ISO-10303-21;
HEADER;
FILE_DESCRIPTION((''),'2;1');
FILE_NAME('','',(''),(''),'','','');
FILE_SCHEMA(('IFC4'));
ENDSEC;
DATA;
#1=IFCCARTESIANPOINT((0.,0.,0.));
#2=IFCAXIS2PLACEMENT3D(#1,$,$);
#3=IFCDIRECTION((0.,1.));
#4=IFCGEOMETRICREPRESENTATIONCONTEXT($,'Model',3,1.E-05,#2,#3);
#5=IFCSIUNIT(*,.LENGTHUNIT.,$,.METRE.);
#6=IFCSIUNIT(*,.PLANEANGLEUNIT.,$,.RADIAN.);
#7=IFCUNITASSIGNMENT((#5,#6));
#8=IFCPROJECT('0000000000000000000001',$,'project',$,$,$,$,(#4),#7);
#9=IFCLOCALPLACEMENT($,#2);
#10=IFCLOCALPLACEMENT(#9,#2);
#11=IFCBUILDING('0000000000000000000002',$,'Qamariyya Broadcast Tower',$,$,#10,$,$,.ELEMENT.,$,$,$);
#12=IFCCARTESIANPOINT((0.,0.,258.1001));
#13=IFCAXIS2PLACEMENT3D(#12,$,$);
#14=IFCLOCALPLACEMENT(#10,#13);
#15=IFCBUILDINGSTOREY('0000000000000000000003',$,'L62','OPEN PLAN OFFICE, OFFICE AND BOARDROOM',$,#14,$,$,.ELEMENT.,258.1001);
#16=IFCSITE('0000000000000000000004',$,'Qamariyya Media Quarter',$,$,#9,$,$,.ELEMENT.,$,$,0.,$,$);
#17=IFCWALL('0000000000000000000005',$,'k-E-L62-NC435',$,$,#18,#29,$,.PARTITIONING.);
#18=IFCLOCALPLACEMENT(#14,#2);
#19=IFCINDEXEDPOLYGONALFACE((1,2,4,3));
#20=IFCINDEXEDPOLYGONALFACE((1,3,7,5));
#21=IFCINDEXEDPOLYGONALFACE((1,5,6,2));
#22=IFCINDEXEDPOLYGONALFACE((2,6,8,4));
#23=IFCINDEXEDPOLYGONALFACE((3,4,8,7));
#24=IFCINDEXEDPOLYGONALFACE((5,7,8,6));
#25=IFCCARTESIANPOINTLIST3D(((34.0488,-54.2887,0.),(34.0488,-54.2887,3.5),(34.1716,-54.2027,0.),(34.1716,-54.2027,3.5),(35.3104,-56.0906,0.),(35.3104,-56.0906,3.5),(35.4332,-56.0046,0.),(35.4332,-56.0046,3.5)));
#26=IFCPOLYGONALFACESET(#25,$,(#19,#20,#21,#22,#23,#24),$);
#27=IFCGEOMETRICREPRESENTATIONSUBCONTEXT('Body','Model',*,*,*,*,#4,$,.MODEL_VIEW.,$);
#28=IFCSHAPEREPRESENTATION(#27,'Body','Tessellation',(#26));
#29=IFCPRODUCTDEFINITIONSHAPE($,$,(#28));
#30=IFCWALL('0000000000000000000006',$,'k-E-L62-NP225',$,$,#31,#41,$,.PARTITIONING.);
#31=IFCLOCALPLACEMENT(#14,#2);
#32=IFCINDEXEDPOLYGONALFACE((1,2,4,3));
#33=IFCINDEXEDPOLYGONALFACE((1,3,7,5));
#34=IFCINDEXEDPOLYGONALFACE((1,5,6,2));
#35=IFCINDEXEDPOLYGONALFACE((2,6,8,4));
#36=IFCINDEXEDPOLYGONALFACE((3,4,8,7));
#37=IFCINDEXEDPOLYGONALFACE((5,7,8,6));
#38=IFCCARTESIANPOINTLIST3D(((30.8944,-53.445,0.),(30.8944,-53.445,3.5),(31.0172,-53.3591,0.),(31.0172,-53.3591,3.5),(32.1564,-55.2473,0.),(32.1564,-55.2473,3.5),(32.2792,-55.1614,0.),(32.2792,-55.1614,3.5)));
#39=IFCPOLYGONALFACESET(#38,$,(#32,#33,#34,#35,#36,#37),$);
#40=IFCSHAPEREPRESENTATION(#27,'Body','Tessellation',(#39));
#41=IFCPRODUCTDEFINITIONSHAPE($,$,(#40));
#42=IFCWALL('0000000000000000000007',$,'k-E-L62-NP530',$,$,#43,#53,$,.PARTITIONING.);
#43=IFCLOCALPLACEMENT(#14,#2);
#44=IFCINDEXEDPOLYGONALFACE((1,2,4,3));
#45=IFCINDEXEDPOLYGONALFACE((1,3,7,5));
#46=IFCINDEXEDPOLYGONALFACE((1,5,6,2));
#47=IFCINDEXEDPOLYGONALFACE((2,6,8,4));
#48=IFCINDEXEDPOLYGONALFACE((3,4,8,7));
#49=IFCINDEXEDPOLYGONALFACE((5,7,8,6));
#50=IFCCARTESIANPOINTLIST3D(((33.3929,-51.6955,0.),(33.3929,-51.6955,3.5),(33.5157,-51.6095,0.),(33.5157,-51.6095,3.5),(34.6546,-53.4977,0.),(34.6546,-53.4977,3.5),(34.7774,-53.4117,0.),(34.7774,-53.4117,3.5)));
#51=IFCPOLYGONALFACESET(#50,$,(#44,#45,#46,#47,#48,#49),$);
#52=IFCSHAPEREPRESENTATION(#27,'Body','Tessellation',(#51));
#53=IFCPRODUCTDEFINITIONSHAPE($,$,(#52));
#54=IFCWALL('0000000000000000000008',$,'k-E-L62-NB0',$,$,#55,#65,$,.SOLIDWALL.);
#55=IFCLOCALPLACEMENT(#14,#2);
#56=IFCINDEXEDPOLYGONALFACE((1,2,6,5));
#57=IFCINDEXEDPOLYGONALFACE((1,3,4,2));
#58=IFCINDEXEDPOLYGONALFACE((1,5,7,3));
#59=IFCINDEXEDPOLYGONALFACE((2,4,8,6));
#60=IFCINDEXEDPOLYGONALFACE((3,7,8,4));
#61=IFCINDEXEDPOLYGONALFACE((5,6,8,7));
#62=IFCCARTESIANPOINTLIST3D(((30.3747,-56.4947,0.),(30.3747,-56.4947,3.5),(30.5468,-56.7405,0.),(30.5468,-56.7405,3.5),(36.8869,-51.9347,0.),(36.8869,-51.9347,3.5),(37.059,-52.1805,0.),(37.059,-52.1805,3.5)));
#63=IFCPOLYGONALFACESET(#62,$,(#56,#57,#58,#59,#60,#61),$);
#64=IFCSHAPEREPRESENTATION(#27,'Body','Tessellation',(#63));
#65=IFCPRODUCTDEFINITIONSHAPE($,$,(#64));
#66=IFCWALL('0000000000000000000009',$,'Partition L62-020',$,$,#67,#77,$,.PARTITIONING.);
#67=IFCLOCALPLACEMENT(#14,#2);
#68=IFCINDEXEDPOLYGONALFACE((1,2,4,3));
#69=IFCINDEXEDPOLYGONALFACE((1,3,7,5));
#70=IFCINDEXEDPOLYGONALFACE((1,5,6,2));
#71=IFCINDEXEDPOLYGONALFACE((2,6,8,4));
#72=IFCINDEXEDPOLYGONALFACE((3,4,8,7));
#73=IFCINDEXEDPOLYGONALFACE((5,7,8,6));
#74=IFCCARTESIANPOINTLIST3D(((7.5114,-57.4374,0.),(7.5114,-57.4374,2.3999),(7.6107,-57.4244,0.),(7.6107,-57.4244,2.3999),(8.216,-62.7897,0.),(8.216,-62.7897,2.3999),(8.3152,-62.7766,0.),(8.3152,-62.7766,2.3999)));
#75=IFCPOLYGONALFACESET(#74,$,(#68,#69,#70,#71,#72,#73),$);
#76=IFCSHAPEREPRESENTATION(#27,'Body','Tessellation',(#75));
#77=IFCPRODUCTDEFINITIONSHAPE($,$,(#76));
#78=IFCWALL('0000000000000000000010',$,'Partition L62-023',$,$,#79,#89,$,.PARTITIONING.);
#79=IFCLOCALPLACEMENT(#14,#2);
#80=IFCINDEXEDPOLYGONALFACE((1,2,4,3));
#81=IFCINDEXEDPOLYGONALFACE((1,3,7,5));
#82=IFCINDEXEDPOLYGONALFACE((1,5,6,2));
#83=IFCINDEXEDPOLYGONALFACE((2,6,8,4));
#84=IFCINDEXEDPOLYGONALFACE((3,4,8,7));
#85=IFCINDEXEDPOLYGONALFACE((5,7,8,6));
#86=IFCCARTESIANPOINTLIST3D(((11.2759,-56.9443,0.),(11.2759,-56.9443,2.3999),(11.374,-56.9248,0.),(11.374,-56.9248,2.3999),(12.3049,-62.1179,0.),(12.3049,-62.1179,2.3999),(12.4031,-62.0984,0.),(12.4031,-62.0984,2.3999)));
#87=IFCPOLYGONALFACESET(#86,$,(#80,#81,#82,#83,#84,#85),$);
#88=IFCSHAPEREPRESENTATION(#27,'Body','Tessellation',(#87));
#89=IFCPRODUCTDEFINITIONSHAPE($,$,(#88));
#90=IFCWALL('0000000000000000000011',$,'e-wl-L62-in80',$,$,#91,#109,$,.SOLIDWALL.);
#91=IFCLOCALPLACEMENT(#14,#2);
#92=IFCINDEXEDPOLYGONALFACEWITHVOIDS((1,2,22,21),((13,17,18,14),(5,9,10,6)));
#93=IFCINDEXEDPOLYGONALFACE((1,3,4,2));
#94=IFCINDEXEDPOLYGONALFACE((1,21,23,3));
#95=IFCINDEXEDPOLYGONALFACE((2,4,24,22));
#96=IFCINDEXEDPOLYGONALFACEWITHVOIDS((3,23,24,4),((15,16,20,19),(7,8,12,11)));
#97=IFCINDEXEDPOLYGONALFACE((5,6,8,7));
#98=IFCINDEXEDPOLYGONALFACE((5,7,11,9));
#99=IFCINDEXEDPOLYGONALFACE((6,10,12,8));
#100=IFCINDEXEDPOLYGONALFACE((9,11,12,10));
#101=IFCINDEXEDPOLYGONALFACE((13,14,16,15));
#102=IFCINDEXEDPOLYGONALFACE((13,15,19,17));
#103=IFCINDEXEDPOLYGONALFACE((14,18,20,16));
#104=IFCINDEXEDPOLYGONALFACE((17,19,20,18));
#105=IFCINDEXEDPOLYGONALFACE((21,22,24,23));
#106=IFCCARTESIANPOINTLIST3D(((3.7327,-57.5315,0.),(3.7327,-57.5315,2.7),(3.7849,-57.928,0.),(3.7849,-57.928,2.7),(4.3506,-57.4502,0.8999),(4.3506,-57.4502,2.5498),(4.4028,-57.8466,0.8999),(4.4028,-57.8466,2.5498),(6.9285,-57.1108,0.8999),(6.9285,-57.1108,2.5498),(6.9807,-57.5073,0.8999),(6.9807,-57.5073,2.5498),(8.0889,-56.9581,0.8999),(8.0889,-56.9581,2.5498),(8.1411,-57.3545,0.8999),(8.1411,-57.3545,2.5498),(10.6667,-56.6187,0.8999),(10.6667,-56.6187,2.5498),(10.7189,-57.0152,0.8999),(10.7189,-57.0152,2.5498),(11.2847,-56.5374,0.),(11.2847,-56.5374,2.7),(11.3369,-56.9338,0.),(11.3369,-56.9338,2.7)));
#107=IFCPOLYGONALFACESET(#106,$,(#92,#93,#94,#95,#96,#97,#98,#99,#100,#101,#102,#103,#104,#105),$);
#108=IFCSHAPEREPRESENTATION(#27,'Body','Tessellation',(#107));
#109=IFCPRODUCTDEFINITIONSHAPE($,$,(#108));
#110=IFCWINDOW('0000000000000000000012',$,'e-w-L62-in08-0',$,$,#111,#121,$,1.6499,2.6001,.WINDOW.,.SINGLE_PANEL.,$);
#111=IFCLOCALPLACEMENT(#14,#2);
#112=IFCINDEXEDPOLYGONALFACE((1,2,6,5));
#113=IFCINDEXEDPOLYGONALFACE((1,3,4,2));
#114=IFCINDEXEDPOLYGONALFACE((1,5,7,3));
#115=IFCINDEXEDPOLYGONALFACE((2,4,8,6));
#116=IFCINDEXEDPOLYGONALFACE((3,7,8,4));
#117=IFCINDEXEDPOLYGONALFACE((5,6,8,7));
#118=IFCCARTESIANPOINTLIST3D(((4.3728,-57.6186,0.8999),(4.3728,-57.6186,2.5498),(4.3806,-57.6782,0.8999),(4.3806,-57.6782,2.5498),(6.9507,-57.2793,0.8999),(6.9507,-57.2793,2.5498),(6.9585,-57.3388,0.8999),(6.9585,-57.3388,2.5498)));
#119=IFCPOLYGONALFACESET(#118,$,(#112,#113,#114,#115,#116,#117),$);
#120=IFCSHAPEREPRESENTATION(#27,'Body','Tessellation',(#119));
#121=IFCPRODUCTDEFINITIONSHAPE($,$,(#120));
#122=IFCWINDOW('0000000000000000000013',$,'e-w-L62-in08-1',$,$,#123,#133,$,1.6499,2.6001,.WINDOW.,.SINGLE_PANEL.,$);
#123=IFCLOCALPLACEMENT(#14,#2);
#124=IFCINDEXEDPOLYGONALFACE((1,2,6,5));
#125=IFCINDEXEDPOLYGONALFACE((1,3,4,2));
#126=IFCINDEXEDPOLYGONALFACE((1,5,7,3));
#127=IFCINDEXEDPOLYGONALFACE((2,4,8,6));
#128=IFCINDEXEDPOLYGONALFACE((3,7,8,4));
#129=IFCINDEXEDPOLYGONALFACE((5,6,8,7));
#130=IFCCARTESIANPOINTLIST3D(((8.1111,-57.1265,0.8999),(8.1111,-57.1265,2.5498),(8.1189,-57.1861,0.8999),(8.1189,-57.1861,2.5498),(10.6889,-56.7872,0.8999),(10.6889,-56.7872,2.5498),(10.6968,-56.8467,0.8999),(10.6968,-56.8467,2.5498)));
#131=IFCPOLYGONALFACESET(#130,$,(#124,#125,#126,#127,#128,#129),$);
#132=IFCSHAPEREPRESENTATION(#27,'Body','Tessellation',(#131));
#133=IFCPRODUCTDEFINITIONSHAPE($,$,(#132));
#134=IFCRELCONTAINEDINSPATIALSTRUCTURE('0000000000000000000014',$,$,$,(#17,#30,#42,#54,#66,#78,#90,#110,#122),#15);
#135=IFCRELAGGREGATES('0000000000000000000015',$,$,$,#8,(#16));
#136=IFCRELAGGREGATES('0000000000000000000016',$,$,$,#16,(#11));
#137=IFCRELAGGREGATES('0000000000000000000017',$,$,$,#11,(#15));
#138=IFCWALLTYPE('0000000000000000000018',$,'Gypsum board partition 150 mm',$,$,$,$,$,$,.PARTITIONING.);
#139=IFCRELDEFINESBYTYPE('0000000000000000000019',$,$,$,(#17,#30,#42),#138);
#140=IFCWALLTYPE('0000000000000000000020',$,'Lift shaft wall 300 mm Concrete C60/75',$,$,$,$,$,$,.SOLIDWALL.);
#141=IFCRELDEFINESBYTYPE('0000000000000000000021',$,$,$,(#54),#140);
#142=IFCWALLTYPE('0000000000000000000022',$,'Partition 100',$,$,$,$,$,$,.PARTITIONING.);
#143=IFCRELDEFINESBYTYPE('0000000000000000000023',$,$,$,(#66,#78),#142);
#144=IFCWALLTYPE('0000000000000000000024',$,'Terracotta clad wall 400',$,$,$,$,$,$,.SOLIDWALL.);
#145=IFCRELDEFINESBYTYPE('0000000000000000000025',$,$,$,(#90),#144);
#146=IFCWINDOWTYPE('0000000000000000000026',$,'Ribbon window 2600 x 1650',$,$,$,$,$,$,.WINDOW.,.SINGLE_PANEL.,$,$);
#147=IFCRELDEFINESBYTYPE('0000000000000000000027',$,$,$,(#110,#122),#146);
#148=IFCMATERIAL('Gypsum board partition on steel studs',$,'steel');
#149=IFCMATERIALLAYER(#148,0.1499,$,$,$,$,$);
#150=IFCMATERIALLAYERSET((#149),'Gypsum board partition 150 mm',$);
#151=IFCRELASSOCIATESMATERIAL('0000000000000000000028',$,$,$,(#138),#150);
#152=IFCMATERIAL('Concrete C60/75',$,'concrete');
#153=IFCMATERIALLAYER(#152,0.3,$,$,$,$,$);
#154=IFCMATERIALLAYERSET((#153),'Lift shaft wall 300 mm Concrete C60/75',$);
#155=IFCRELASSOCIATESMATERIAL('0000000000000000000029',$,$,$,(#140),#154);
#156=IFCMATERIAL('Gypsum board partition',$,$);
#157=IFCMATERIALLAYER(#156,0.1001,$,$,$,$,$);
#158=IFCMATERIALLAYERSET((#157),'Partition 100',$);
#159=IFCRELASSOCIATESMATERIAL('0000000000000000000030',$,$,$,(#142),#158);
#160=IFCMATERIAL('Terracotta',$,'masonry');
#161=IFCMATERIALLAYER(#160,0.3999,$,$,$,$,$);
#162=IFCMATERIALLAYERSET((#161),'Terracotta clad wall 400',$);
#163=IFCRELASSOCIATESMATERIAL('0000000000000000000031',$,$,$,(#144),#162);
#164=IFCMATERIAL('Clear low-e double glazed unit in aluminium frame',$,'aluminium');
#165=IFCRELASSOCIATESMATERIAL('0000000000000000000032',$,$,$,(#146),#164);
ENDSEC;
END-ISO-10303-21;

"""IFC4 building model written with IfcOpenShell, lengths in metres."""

from ifc_helpers import new_model, si_unit, direction, frame, frame_2d, origin, place, context, subcontext, project, spatial, rectangle, extrude, material, layer, layer_set, type_object, element, fill, save


model = new_model("IFC4")

# Units and contexts
model_context = context("Model", 3, precision=1e-05, world=origin(), true_north=direction((0.0, 1.0)))
body_context = subcontext(model_context, "Body", "Model", "MODEL_VIEW")
ifc_project = project(units=[si_unit("LENGTHUNIT", "METRE"), si_unit("PLANEANGLEUNIT", "RADIAN")], contexts=[model_context])

# Site, building, storey
site_placement = place(None, origin())
site = spatial("IfcSite", under=ifc_project, at=site_placement, Name="Qamariyya Media Quarter", CompositionType="ELEMENT", RefElevation=0.0)
building_placement = place(site_placement, origin())
building = spatial("IfcBuilding", under=site, at=building_placement, Name="Qamariyya Broadcast Tower", CompositionType="ELEMENT")
storey_placement = place(building_placement, frame((0.0, 0.0, 258.1001)))
storey = spatial("IfcBuildingStorey", under=building, at=storey_placement, Name="L62", Description="OPEN PLAN OFFICE, OFFICE AND BOARDROOM", CompositionType="ELEMENT", Elevation=258.1001)

# Shared definitions
ifc_material_1 = material(Name="Concrete C60/75", Category="concrete")

# Walls
ifc_material_2 = material(Name="Gypsum board partition")
ifc_material_3 = material(Name="Gypsum board partition on steel studs", Category="steel")
ifc_layer_1 = layer(ifc_material_3, 0.1499)
ifc_layer_set_1 = layer_set([ifc_layer_1], Name="Gypsum board partition 150 mm")
wall_type_1 = type_object("IfcWallType", Name="Gypsum board partition 150 mm", PredefinedType="PARTITIONING", material=ifc_layer_set_1)
wall_1_placement = place(storey_placement, frame((35.3718, -56.0476, 0.0), z_axis=(0.0, 0.0, 1.0), x_axis=(-0.573559, 0.819164, 0.0)))
element("IfcWall", 1, at=wall_1_placement, inside=storey, type_object=wall_type_1, Name="k-E-L62-NC435", PredefinedType="PARTITIONING", context=body_context, shape_type="SweptSolid", body=[
    extrude(rectangle(XDim=2.1997, YDim=0.1499, at=frame_2d((1.0999, 0.0))), origin(), (0.0, 0.0, 1.0), 3.5),
])
wall_2_placement = place(storey_placement, frame((32.2178, -55.2043, 0.0), z_axis=(0.0, 0.0, 1.0), x_axis=(-0.573581, 0.819149, 0.0)))
element("IfcWall", 2, at=wall_2_placement, inside=storey, type_object=wall_type_1, Name="k-E-L62-NP225", PredefinedType="PARTITIONING", context=body_context, shape_type="SweptSolid", body=[
    extrude(rectangle(XDim=2.2002, YDim=0.1499, at=frame_2d((1.1001, 0.0))), origin(), (0.0, 0.0, 1.0), 3.5),
])
wall_3_placement = place(storey_placement, frame((34.7161, -53.4548, 0.0), z_axis=(0.0, 0.0, 1.0), x_axis=(-0.573507, 0.819201, 0.0)))
element("IfcWall", 3, at=wall_3_placement, inside=storey, type_object=wall_type_1, Name="k-E-L62-NP530", PredefinedType="PARTITIONING", context=body_context, shape_type="SweptSolid", body=[
    extrude(rectangle(XDim=2.2, YDim=0.1499, at=frame_2d((1.1001, 0.0))), origin(), (0.0, 0.0, 1.0), 3.5),
])
ifc_layer_2 = layer(ifc_material_1, 0.3)
ifc_layer_set_2 = layer_set([ifc_layer_2], Name="Lift shaft wall 300 mm Concrete C60/75")
wall_type_2 = type_object("IfcWallType", Name="Lift shaft wall 300 mm Concrete C60/75", PredefinedType="SOLIDWALL", material=ifc_layer_set_2)
wall_4_placement = place(storey_placement, frame((30.4607, -56.6177, 0.0), z_axis=(0.0, 0.0, 1.0), x_axis=(0.819142, 0.57359, 0.0)))
element("IfcWall", 4, at=wall_4_placement, inside=storey, type_object=wall_type_2, Name="k-E-L62-NB0", PredefinedType="SOLIDWALL", context=body_context, shape_type="SweptSolid", body=[
    extrude(rectangle(XDim=7.95, YDim=0.3, at=frame_2d((3.9751, 0.0))), origin(), (0.0, 0.0, 1.0), 3.5),
])
ifc_layer_3 = layer(ifc_material_2, 0.1001)
ifc_layer_set_3 = layer_set([ifc_layer_3], Name="Partition 100")
wall_type_3 = type_object("IfcWallType", Name="Partition 100", PredefinedType="PARTITIONING", material=ifc_layer_set_3)
wall_5_placement = place(storey_placement, frame((7.561, -57.4309, 0.0), z_axis=(0.0, 0.0, 1.0), x_axis=(0.130517, -0.991446, 0.0)))
element("IfcWall", 5, at=wall_5_placement, inside=storey, type_object=wall_type_3, Name="Partition L62-020", PredefinedType="PARTITIONING", context=body_context, shape_type="SweptSolid", body=[
    extrude(rectangle(XDim=5.3984, YDim=0.1001, at=frame_2d((2.6992, 0.0))), origin(), (0.0, 0.0, 1.0), 2.3999),
])
wall_6_placement = place(storey_placement, frame((11.325, -56.9346, 0.0), z_axis=(0.0, 0.0, 1.0), x_axis=(0.195084, -0.980787, 0.0)))
element("IfcWall", 6, at=wall_6_placement, inside=storey, type_object=wall_type_3, Name="Partition L62-023", PredefinedType="PARTITIONING", context=body_context, shape_type="SweptSolid", body=[
    extrude(rectangle(XDim=5.2749, YDim=0.1001, at=frame_2d((2.6375, 0.0))), origin(), (0.0, 0.0, 1.0), 2.3999),
])

# Wall, openings, windows
ifc_material_4 = material(Name="Terracotta", Category="masonry")
ifc_layer_4 = layer(ifc_material_4, 0.3999)
ifc_layer_set_4 = layer_set([ifc_layer_4], Name="Terracotta clad wall 400")
wall_type_4 = type_object("IfcWallType", Name="Terracotta clad wall 400", PredefinedType="SOLIDWALL", material=ifc_layer_set_4)
wall_7_placement = place(storey_placement, frame((11.3108, -56.7356, 0.0), z_axis=(0.0, 0.0, 1.0), x_axis=(-0.991447, -0.130513, 0.0)))
wall_7 = element("IfcWall", 7, at=wall_7_placement, inside=storey, type_object=wall_type_4, Name="e-wl-L62-in80", PredefinedType="SOLIDWALL", context=body_context, shape_type="SweptSolid", body=[
    extrude(rectangle(XDim=7.6172, YDim=0.3999, at=frame_2d((3.8086, 0.0))), origin(), (0.0, 0.0, 1.0), 2.7),
])
opening_1_placement = place(wall_7_placement, frame((4.3938, 0.0, 0.8999)))
opening_1 = element("IfcOpeningElement", 8, at=opening_1_placement, cuts=wall_7, PredefinedType="OPENING", context=body_context, shape_type="SweptSolid", body=[
    extrude(rectangle(XDim=2.6001, YDim=1.6499, at=frame_2d((1.3, 0.825))), frame((0.0, 0.21, 0.0), z_axis=(0.0, -1.0, 0.0), x_axis=(1.0, 0.0, 0.0)), (0.0, 0.0, 1.0), 0.4199),
])
opening_2_placement = place(wall_7_placement, frame((0.6233, 0.0, 0.8999)))
opening_2 = element("IfcOpeningElement", 9, at=opening_2_placement, cuts=wall_7, PredefinedType="OPENING", context=body_context, shape_type="SweptSolid", body=[
    extrude(rectangle(XDim=2.6001, YDim=1.6499, at=frame_2d((1.3, 0.825))), frame((0.0, 0.21, 0.0), z_axis=(0.0, -1.0, 0.0), x_axis=(1.0, 0.0, 0.0)), (0.0, 0.0, 1.0), 0.4199),
])
ifc_material_5 = material(Name="Clear low-e double glazed unit in aluminium frame", Category="aluminium")
window_type = type_object("IfcWindowType", Name="Ribbon window 2600 x 1650", PartitioningType="SINGLE_PANEL", PredefinedType="WINDOW", material=ifc_material_5)
window_1_placement = place(opening_1_placement, origin())
window_1 = element("IfcWindow", 10, at=window_1_placement, inside=storey, type_object=window_type, Name="e-w-L62-in08-0", OverallHeight=1.6499, OverallWidth=2.6001, PartitioningType="SINGLE_PANEL", PredefinedType="WINDOW", context=body_context, shape_type="SweptSolid", body=[
    extrude(rectangle(XDim=2.6001, YDim=1.6499, at=frame_2d((1.3, 0.825))), frame((0.0, 0.03, 0.0), z_axis=(0.0, -1.0, 0.0), x_axis=(1.0, 0.0, 0.0)), (0.0, 0.0, 1.0), 0.0601),
])
fill(opening_1, window_1)
window_2_placement = place(opening_2_placement, origin())
window_2 = element("IfcWindow", 11, at=window_2_placement, inside=storey, type_object=window_type, Name="e-w-L62-in08-1", OverallHeight=1.6499, OverallWidth=2.6001, PartitioningType="SINGLE_PANEL", PredefinedType="WINDOW", context=body_context, shape_type="SweptSolid", body=[
    extrude(rectangle(XDim=2.6001, YDim=1.6499, at=frame_2d((1.3, 0.825))), frame((0.0, 0.03, 0.0), z_axis=(0.0, -1.0, 0.0), x_axis=(1.0, 0.0, 0.0)), (0.0, 0.0, 1.0), 0.0601),
])
fill(opening_2, window_2)

save(model, "model.ifc")
